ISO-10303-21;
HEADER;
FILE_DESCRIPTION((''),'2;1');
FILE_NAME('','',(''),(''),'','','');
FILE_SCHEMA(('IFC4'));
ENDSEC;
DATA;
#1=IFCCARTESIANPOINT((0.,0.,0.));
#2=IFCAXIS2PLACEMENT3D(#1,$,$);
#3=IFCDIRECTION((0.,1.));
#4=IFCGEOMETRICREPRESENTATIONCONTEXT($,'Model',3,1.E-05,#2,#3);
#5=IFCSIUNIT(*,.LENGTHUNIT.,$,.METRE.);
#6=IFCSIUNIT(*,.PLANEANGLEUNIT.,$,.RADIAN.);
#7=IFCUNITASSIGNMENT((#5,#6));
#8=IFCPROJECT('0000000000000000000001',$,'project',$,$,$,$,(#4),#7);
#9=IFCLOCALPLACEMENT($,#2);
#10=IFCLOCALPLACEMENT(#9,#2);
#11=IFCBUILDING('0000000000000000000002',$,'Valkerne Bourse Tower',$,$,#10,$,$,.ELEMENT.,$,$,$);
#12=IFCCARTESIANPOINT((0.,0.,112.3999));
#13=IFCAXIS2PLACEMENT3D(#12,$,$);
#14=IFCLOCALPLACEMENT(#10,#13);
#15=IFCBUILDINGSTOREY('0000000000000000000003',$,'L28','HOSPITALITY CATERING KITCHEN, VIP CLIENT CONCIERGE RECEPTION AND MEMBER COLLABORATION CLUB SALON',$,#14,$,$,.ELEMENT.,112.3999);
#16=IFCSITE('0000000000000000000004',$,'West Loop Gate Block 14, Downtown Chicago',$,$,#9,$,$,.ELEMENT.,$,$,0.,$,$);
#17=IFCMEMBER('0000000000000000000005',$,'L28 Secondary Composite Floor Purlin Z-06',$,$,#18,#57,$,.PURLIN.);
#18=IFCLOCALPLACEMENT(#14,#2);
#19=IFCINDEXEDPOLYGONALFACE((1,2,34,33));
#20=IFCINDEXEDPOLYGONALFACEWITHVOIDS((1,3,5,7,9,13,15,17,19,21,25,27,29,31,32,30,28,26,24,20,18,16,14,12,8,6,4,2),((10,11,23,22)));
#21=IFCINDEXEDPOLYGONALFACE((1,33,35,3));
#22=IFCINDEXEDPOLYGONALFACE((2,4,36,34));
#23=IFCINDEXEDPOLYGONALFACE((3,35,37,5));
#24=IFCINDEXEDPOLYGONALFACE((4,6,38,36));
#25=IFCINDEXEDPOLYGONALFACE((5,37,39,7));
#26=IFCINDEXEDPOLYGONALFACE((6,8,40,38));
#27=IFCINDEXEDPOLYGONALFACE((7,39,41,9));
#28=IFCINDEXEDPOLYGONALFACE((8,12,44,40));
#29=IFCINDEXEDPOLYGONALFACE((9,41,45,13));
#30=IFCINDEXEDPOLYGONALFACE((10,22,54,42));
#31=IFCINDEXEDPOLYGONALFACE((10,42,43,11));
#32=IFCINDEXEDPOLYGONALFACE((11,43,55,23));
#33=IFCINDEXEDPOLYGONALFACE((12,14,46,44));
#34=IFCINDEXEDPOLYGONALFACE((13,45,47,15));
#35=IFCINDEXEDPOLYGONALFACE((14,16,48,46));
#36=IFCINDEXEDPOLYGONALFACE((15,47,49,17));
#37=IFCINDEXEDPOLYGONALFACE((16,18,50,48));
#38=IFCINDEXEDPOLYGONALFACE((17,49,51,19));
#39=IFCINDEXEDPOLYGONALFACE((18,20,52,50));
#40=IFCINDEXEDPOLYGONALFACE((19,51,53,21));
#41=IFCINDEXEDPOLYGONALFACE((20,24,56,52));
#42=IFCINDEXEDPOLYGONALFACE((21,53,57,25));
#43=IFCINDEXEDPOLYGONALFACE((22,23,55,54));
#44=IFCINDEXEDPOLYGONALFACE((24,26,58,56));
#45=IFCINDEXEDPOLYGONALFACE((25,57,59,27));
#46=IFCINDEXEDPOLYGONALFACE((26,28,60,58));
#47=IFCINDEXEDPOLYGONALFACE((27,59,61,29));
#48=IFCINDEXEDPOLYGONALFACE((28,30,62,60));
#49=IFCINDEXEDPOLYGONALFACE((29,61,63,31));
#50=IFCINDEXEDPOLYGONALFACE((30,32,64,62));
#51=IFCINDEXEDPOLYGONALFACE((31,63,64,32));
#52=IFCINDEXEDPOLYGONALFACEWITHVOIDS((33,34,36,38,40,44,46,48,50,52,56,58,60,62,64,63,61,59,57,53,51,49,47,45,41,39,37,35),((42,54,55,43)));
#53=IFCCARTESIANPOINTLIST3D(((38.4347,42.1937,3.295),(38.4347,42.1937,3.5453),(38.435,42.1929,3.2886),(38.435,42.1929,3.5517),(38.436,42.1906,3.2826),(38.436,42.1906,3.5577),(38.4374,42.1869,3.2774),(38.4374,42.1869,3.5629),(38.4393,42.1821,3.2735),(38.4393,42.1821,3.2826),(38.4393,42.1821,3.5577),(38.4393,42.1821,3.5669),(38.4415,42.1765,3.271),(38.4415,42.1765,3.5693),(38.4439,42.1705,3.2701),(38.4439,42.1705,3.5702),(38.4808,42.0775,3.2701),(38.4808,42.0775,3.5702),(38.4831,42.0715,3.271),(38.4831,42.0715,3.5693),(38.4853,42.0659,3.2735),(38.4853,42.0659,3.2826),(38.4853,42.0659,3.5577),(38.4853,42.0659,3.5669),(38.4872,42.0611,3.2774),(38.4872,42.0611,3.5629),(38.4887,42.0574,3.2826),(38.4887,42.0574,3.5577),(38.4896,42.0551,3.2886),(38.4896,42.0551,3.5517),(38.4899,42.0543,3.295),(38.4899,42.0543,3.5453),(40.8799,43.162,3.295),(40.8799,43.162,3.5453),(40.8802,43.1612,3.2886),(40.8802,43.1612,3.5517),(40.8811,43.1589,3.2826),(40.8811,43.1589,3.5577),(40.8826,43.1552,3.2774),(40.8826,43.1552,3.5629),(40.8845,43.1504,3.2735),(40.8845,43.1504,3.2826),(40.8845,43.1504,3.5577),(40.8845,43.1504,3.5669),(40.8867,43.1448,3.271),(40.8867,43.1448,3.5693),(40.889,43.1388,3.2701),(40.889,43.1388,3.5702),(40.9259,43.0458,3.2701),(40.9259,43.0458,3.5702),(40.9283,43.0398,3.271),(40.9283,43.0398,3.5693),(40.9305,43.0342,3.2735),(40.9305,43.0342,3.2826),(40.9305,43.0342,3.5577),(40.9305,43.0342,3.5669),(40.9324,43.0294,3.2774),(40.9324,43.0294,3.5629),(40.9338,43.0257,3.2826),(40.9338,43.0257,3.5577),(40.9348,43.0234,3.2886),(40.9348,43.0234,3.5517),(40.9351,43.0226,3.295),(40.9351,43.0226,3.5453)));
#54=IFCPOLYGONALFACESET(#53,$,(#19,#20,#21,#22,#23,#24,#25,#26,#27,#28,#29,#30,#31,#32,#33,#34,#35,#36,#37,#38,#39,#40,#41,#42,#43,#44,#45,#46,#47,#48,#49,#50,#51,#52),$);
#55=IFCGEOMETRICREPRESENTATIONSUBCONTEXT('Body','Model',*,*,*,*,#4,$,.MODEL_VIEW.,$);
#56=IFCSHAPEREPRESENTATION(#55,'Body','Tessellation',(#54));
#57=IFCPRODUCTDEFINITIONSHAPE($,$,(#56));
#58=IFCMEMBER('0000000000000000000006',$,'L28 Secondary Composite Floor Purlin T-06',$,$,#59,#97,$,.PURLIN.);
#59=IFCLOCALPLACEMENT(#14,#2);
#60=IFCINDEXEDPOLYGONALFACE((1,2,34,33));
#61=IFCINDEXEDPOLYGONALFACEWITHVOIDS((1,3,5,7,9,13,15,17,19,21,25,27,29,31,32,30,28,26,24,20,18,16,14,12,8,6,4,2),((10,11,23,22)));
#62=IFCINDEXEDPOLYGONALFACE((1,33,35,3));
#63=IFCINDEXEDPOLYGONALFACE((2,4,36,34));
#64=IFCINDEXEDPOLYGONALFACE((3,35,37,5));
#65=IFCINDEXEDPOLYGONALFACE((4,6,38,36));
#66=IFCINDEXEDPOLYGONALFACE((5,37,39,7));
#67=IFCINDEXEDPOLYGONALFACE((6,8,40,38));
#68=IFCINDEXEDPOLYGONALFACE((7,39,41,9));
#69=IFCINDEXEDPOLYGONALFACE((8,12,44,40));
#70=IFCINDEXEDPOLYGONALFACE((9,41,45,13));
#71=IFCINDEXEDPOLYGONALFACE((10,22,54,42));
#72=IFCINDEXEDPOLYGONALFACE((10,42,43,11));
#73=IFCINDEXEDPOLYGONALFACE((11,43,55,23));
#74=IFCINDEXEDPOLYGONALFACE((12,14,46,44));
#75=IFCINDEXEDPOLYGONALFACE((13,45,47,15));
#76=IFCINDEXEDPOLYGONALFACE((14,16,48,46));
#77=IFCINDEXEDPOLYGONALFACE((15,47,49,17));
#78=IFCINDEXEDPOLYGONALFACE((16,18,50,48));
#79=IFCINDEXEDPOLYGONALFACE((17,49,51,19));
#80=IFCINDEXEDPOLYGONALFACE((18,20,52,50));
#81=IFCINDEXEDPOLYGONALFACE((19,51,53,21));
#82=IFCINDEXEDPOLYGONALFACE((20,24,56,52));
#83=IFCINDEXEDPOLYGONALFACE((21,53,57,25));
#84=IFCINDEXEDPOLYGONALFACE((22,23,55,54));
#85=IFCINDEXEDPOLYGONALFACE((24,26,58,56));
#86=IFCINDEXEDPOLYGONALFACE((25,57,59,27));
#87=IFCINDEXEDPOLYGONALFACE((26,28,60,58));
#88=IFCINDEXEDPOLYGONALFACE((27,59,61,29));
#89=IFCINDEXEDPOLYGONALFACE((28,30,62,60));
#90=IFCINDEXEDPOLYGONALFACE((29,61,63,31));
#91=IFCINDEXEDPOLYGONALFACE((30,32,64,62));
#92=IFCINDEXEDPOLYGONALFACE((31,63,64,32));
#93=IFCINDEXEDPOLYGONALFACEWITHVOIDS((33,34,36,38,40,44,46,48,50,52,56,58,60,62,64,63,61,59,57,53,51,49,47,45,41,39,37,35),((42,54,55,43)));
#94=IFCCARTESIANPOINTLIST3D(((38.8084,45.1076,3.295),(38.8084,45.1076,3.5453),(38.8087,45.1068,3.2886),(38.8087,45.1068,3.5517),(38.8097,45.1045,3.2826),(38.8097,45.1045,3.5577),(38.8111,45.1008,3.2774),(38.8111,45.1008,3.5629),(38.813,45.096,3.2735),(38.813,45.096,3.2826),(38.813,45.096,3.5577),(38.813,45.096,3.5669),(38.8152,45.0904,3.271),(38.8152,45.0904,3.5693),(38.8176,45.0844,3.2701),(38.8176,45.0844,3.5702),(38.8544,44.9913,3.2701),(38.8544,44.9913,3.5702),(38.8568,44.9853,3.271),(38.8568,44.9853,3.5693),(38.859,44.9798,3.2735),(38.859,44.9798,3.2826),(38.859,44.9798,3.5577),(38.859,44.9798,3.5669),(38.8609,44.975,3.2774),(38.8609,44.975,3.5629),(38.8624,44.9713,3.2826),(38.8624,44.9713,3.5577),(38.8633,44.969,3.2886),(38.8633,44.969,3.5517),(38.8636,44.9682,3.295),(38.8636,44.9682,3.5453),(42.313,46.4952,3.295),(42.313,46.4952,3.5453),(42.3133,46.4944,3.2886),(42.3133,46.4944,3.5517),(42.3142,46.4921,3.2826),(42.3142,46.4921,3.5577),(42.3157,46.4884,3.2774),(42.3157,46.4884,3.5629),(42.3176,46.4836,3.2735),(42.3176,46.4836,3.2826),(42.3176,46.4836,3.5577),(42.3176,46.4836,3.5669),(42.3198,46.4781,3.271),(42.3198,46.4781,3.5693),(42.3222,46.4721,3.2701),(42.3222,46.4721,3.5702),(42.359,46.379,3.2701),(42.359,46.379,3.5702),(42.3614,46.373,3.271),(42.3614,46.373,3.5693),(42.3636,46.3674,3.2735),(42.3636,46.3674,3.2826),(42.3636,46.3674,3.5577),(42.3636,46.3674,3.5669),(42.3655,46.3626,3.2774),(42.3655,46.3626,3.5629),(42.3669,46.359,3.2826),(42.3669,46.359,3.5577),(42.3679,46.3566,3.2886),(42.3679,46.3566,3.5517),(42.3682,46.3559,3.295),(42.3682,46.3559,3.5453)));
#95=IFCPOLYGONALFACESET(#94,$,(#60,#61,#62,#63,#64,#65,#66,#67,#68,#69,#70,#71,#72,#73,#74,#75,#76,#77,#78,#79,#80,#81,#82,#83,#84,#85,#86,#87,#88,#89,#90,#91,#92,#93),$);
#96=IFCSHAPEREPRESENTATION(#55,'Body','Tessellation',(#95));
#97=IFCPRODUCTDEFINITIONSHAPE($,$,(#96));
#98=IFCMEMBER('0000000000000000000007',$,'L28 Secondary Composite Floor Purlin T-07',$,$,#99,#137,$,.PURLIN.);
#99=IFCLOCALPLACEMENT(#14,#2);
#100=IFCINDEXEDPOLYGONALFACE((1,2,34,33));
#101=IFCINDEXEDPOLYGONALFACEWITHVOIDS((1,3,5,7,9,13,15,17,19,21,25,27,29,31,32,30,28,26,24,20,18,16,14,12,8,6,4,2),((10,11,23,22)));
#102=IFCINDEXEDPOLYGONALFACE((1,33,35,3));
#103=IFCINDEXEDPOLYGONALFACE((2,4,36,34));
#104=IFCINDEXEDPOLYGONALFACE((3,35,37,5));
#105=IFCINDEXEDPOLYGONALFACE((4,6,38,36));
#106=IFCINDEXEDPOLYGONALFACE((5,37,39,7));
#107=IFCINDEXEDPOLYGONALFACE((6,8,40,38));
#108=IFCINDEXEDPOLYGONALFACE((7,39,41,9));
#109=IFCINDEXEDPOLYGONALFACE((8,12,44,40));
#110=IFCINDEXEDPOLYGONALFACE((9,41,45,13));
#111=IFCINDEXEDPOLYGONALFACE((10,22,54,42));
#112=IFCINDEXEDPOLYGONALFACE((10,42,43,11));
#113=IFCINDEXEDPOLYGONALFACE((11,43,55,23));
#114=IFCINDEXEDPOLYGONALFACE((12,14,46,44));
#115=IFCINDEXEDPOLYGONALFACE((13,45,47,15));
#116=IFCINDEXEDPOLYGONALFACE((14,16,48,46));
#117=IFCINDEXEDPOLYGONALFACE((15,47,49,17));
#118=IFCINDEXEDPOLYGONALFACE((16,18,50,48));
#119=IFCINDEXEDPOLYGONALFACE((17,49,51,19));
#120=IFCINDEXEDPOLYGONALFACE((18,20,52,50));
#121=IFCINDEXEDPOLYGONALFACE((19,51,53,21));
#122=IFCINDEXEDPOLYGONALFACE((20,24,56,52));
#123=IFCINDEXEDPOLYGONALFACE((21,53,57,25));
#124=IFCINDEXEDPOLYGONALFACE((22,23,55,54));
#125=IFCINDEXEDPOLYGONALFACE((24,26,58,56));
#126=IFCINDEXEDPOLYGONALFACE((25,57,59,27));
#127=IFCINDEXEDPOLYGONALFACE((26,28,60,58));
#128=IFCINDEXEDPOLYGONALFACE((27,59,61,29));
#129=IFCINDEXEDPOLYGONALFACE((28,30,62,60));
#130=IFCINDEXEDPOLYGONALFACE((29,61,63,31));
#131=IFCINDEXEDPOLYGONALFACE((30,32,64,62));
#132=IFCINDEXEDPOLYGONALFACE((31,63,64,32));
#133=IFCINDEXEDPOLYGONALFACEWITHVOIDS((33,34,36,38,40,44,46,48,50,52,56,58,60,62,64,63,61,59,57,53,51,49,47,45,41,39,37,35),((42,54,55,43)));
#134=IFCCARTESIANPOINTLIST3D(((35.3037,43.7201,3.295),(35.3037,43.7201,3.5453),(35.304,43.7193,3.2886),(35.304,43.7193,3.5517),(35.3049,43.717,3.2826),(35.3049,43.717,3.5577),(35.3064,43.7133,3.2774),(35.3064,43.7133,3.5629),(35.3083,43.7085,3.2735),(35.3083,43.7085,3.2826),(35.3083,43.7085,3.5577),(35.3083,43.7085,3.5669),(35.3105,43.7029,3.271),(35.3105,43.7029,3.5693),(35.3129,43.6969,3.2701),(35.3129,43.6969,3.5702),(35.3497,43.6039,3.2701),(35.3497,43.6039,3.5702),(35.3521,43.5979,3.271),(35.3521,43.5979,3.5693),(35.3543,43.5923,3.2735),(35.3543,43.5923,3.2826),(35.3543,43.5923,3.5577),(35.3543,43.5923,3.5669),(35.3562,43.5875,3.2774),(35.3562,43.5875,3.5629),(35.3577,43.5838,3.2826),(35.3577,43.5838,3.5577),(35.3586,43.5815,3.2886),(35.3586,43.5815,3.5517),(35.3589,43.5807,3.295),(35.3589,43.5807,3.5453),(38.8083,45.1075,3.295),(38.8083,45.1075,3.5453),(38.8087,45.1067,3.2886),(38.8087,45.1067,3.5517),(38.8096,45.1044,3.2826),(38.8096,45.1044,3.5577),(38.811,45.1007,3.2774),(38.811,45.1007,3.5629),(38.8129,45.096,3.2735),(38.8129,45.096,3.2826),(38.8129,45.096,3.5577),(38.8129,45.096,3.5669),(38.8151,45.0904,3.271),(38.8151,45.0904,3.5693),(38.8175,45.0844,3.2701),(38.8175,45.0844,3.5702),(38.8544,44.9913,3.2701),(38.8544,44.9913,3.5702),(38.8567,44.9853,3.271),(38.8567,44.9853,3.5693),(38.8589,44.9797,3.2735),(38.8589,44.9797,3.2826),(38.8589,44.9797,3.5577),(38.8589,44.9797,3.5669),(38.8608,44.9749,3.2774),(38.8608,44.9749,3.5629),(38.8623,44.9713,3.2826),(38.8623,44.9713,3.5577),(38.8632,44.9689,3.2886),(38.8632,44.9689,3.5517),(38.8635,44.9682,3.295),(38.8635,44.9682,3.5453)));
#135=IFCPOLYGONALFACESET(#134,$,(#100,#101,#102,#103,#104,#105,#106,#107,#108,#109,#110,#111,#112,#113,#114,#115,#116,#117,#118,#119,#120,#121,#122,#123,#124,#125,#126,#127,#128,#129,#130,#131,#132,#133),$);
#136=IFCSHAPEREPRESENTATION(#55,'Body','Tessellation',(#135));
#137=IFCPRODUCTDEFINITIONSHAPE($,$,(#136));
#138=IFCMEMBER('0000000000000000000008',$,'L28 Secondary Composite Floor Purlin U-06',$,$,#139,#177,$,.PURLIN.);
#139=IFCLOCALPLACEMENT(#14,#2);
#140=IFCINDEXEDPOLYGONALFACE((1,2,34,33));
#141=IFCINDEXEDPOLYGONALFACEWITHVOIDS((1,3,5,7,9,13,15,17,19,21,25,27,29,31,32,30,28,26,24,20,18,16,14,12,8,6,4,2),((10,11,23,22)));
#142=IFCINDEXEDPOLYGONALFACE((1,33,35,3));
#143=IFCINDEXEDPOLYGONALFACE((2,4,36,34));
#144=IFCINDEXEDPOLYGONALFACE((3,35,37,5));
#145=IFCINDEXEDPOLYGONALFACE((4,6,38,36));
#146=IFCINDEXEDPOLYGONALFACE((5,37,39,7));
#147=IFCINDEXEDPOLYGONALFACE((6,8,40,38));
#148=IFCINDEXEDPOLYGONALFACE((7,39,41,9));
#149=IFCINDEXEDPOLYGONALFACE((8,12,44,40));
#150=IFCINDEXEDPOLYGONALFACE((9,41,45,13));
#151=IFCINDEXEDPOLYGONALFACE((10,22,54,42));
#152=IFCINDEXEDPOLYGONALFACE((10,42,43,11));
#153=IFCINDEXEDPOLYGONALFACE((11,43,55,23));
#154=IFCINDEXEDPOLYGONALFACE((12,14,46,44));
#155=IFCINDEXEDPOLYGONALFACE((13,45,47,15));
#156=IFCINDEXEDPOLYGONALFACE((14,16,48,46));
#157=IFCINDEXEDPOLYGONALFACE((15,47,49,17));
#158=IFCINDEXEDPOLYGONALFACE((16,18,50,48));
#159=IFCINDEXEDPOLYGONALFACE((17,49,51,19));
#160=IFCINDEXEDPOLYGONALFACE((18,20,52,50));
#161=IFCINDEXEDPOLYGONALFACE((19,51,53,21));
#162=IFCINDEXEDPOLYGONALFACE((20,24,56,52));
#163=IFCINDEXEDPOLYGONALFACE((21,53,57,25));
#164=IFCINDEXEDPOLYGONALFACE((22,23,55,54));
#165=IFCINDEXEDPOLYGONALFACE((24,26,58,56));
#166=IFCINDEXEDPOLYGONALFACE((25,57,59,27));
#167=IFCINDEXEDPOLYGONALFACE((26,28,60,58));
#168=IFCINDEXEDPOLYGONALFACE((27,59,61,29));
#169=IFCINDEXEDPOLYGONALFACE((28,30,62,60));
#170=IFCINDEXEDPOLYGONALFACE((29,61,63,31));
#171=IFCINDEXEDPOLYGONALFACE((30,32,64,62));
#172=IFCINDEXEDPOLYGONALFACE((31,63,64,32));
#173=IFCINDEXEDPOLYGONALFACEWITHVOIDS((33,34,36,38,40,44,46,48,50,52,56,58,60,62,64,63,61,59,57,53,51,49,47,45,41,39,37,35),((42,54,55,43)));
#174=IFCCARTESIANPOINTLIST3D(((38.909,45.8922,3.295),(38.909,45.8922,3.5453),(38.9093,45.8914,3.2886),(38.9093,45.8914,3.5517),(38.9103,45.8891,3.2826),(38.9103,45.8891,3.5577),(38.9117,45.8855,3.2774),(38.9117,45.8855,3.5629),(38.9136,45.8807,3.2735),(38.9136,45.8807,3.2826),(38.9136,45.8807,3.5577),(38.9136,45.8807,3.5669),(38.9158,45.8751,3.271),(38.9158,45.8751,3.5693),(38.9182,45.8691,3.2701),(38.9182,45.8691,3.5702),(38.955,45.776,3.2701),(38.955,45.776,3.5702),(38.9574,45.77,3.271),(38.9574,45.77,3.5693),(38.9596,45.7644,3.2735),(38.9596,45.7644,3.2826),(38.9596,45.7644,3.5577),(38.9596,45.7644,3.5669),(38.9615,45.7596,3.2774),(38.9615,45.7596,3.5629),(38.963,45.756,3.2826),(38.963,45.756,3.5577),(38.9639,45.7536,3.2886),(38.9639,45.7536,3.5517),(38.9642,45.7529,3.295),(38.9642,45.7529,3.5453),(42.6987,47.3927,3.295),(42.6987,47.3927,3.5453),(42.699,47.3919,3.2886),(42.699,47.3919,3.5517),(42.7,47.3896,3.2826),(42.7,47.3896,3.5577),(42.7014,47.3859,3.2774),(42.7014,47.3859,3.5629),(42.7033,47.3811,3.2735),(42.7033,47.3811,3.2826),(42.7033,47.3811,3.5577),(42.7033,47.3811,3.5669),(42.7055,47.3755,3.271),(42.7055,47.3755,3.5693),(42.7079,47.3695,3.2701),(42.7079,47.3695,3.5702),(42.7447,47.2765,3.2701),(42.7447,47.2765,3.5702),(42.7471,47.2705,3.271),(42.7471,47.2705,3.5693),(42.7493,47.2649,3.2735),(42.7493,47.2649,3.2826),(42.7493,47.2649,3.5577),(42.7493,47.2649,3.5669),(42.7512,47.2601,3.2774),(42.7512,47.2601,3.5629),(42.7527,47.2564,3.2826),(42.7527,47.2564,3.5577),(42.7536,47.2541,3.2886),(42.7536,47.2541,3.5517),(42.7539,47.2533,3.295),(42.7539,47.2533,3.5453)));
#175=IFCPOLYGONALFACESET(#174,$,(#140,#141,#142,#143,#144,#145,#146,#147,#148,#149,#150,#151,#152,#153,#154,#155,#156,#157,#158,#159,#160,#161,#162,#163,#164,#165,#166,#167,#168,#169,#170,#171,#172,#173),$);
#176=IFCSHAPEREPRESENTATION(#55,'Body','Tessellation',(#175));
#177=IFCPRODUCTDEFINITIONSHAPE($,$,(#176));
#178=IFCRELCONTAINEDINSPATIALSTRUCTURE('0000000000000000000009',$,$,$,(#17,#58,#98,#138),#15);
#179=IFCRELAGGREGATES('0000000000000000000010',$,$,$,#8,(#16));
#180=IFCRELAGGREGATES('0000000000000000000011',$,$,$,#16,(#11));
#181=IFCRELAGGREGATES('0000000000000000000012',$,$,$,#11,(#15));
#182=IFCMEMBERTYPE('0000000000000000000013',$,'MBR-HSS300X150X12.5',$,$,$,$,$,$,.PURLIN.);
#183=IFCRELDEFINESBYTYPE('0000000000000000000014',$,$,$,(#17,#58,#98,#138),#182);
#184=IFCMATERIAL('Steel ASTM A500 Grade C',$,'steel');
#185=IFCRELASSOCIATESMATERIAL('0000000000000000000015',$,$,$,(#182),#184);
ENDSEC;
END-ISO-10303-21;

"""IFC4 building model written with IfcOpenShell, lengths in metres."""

from ifc_helpers import new_model, si_unit, direction, frame, origin, origin_2d, place, context, subcontext, project, spatial, hollow_rectangle, extrude, material, material_profile, profile_set, type_object, element, save


model = new_model("IFC4")

# Units and contexts
model_context = context("Model", 3, precision=1e-05, world=origin(), true_north=direction((0.0, 1.0)))
body_context = subcontext(model_context, "Body", "Model", "MODEL_VIEW")
ifc_project = project(units=[si_unit("LENGTHUNIT", "METRE"), si_unit("PLANEANGLEUNIT", "RADIAN")], contexts=[model_context])

# Site, building, storey
site_placement = place(None, origin())
site = spatial("IfcSite", under=ifc_project, at=site_placement, Name="West Loop Gate Block 14, Downtown Chicago", CompositionType="ELEMENT", RefElevation=0.0)
building_placement = place(site_placement, origin())
building = spatial("IfcBuilding", under=site, at=building_placement, Name="Valkerne Bourse Tower", CompositionType="ELEMENT")
storey_placement = place(building_placement, frame((0.0, 0.0, 112.3999)))
storey = spatial("IfcBuildingStorey", under=building, at=storey_placement, Name="L28", Description="HOSPITALITY CATERING KITCHEN, VIP CLIENT CONCIERGE RECEPTION AND MEMBER COLLABORATION CLUB SALON", CompositionType="ELEMENT", Elevation=112.3999)

# Members
ifc_material_1 = material(Name="Steel ASTM A500 Grade C", Category="steel")
ifc_material_profile_1 = material_profile(ifc_material_1, hollow_rectangle(XDim=0.1499, YDim=0.3, WallThickness=0.0125, OuterFilletRadius=0.0249, at=origin_2d()), Name="HSS300X150X12.5")
ifc_profile_set_1 = profile_set([ifc_material_profile_1], Name="Steel ASTM A500 Grade C")
member_type_1 = type_object("IfcMemberType", Name="MBR-HSS300X150X12.5", PredefinedType="PURLIN", material=ifc_profile_set_1)
member_1_placement = place(storey_placement, frame((40.9075, 43.0923, 3.4202), z_axis=(-0.929752, -0.368187, 0.0), x_axis=(0.368187, -0.929752, 0.0)))
element("IfcMember", 1, at=member_1_placement, inside=storey, type_object=member_type_1, Name="L28 Secondary Composite Floor Purlin Z-06", PredefinedType="PURLIN", context=body_context, shape_type="SweptSolid", body=[
    extrude(hollow_rectangle(XDim=0.1499, YDim=0.3, WallThickness=0.0125, OuterFilletRadius=0.0249, at=origin_2d()), origin(), (0.0, 0.0, 1.0), 2.6299),
])
for number, where, z_axis, x_axis, name in (
    (2, (42.3406, 46.4255, 3.4202), (-0.929766, -0.36815, 0.0), (0.36815, -0.929766, 0.0), "L28 Secondary Composite Floor Purlin T-06"),
    (3, (38.8359, 45.0378, 3.4202), (-0.929789, -0.368094, 0.0), (0.368094, -0.929789, 0.0), "L28 Secondary Composite Floor Purlin T-07"),
):
    element("IfcMember", number, at=place(storey_placement, frame(where, z_axis=z_axis, x_axis=x_axis)), inside=storey, type_object=member_type_1, Name=name, PredefinedType="PURLIN", context=body_context, shape_type="SweptSolid", body=[
        extrude(hollow_rectangle(XDim=0.1499, YDim=0.3, WallThickness=0.0125, OuterFilletRadius=0.0249, at=origin_2d()), origin(), (0.0, 0.0, 1.0), 3.7693),
    ])
member_2_placement = place(storey_placement, frame((42.7263, 47.323, 3.4202), z_axis=(-0.929776, -0.368125, 0.0), x_axis=(0.368125, -0.929776, 0.0)))
element("IfcMember", 4, at=member_2_placement, inside=storey, type_object=member_type_1, Name="L28 Secondary Composite Floor Purlin U-06", PredefinedType="PURLIN", context=body_context, shape_type="SweptSolid", body=[
    extrude(hollow_rectangle(XDim=0.1499, YDim=0.3, WallThickness=0.0125, OuterFilletRadius=0.0249, at=origin_2d()), origin(), (0.0, 0.0, 1.0), 4.0759),
])

save(model, "model.ifc")
